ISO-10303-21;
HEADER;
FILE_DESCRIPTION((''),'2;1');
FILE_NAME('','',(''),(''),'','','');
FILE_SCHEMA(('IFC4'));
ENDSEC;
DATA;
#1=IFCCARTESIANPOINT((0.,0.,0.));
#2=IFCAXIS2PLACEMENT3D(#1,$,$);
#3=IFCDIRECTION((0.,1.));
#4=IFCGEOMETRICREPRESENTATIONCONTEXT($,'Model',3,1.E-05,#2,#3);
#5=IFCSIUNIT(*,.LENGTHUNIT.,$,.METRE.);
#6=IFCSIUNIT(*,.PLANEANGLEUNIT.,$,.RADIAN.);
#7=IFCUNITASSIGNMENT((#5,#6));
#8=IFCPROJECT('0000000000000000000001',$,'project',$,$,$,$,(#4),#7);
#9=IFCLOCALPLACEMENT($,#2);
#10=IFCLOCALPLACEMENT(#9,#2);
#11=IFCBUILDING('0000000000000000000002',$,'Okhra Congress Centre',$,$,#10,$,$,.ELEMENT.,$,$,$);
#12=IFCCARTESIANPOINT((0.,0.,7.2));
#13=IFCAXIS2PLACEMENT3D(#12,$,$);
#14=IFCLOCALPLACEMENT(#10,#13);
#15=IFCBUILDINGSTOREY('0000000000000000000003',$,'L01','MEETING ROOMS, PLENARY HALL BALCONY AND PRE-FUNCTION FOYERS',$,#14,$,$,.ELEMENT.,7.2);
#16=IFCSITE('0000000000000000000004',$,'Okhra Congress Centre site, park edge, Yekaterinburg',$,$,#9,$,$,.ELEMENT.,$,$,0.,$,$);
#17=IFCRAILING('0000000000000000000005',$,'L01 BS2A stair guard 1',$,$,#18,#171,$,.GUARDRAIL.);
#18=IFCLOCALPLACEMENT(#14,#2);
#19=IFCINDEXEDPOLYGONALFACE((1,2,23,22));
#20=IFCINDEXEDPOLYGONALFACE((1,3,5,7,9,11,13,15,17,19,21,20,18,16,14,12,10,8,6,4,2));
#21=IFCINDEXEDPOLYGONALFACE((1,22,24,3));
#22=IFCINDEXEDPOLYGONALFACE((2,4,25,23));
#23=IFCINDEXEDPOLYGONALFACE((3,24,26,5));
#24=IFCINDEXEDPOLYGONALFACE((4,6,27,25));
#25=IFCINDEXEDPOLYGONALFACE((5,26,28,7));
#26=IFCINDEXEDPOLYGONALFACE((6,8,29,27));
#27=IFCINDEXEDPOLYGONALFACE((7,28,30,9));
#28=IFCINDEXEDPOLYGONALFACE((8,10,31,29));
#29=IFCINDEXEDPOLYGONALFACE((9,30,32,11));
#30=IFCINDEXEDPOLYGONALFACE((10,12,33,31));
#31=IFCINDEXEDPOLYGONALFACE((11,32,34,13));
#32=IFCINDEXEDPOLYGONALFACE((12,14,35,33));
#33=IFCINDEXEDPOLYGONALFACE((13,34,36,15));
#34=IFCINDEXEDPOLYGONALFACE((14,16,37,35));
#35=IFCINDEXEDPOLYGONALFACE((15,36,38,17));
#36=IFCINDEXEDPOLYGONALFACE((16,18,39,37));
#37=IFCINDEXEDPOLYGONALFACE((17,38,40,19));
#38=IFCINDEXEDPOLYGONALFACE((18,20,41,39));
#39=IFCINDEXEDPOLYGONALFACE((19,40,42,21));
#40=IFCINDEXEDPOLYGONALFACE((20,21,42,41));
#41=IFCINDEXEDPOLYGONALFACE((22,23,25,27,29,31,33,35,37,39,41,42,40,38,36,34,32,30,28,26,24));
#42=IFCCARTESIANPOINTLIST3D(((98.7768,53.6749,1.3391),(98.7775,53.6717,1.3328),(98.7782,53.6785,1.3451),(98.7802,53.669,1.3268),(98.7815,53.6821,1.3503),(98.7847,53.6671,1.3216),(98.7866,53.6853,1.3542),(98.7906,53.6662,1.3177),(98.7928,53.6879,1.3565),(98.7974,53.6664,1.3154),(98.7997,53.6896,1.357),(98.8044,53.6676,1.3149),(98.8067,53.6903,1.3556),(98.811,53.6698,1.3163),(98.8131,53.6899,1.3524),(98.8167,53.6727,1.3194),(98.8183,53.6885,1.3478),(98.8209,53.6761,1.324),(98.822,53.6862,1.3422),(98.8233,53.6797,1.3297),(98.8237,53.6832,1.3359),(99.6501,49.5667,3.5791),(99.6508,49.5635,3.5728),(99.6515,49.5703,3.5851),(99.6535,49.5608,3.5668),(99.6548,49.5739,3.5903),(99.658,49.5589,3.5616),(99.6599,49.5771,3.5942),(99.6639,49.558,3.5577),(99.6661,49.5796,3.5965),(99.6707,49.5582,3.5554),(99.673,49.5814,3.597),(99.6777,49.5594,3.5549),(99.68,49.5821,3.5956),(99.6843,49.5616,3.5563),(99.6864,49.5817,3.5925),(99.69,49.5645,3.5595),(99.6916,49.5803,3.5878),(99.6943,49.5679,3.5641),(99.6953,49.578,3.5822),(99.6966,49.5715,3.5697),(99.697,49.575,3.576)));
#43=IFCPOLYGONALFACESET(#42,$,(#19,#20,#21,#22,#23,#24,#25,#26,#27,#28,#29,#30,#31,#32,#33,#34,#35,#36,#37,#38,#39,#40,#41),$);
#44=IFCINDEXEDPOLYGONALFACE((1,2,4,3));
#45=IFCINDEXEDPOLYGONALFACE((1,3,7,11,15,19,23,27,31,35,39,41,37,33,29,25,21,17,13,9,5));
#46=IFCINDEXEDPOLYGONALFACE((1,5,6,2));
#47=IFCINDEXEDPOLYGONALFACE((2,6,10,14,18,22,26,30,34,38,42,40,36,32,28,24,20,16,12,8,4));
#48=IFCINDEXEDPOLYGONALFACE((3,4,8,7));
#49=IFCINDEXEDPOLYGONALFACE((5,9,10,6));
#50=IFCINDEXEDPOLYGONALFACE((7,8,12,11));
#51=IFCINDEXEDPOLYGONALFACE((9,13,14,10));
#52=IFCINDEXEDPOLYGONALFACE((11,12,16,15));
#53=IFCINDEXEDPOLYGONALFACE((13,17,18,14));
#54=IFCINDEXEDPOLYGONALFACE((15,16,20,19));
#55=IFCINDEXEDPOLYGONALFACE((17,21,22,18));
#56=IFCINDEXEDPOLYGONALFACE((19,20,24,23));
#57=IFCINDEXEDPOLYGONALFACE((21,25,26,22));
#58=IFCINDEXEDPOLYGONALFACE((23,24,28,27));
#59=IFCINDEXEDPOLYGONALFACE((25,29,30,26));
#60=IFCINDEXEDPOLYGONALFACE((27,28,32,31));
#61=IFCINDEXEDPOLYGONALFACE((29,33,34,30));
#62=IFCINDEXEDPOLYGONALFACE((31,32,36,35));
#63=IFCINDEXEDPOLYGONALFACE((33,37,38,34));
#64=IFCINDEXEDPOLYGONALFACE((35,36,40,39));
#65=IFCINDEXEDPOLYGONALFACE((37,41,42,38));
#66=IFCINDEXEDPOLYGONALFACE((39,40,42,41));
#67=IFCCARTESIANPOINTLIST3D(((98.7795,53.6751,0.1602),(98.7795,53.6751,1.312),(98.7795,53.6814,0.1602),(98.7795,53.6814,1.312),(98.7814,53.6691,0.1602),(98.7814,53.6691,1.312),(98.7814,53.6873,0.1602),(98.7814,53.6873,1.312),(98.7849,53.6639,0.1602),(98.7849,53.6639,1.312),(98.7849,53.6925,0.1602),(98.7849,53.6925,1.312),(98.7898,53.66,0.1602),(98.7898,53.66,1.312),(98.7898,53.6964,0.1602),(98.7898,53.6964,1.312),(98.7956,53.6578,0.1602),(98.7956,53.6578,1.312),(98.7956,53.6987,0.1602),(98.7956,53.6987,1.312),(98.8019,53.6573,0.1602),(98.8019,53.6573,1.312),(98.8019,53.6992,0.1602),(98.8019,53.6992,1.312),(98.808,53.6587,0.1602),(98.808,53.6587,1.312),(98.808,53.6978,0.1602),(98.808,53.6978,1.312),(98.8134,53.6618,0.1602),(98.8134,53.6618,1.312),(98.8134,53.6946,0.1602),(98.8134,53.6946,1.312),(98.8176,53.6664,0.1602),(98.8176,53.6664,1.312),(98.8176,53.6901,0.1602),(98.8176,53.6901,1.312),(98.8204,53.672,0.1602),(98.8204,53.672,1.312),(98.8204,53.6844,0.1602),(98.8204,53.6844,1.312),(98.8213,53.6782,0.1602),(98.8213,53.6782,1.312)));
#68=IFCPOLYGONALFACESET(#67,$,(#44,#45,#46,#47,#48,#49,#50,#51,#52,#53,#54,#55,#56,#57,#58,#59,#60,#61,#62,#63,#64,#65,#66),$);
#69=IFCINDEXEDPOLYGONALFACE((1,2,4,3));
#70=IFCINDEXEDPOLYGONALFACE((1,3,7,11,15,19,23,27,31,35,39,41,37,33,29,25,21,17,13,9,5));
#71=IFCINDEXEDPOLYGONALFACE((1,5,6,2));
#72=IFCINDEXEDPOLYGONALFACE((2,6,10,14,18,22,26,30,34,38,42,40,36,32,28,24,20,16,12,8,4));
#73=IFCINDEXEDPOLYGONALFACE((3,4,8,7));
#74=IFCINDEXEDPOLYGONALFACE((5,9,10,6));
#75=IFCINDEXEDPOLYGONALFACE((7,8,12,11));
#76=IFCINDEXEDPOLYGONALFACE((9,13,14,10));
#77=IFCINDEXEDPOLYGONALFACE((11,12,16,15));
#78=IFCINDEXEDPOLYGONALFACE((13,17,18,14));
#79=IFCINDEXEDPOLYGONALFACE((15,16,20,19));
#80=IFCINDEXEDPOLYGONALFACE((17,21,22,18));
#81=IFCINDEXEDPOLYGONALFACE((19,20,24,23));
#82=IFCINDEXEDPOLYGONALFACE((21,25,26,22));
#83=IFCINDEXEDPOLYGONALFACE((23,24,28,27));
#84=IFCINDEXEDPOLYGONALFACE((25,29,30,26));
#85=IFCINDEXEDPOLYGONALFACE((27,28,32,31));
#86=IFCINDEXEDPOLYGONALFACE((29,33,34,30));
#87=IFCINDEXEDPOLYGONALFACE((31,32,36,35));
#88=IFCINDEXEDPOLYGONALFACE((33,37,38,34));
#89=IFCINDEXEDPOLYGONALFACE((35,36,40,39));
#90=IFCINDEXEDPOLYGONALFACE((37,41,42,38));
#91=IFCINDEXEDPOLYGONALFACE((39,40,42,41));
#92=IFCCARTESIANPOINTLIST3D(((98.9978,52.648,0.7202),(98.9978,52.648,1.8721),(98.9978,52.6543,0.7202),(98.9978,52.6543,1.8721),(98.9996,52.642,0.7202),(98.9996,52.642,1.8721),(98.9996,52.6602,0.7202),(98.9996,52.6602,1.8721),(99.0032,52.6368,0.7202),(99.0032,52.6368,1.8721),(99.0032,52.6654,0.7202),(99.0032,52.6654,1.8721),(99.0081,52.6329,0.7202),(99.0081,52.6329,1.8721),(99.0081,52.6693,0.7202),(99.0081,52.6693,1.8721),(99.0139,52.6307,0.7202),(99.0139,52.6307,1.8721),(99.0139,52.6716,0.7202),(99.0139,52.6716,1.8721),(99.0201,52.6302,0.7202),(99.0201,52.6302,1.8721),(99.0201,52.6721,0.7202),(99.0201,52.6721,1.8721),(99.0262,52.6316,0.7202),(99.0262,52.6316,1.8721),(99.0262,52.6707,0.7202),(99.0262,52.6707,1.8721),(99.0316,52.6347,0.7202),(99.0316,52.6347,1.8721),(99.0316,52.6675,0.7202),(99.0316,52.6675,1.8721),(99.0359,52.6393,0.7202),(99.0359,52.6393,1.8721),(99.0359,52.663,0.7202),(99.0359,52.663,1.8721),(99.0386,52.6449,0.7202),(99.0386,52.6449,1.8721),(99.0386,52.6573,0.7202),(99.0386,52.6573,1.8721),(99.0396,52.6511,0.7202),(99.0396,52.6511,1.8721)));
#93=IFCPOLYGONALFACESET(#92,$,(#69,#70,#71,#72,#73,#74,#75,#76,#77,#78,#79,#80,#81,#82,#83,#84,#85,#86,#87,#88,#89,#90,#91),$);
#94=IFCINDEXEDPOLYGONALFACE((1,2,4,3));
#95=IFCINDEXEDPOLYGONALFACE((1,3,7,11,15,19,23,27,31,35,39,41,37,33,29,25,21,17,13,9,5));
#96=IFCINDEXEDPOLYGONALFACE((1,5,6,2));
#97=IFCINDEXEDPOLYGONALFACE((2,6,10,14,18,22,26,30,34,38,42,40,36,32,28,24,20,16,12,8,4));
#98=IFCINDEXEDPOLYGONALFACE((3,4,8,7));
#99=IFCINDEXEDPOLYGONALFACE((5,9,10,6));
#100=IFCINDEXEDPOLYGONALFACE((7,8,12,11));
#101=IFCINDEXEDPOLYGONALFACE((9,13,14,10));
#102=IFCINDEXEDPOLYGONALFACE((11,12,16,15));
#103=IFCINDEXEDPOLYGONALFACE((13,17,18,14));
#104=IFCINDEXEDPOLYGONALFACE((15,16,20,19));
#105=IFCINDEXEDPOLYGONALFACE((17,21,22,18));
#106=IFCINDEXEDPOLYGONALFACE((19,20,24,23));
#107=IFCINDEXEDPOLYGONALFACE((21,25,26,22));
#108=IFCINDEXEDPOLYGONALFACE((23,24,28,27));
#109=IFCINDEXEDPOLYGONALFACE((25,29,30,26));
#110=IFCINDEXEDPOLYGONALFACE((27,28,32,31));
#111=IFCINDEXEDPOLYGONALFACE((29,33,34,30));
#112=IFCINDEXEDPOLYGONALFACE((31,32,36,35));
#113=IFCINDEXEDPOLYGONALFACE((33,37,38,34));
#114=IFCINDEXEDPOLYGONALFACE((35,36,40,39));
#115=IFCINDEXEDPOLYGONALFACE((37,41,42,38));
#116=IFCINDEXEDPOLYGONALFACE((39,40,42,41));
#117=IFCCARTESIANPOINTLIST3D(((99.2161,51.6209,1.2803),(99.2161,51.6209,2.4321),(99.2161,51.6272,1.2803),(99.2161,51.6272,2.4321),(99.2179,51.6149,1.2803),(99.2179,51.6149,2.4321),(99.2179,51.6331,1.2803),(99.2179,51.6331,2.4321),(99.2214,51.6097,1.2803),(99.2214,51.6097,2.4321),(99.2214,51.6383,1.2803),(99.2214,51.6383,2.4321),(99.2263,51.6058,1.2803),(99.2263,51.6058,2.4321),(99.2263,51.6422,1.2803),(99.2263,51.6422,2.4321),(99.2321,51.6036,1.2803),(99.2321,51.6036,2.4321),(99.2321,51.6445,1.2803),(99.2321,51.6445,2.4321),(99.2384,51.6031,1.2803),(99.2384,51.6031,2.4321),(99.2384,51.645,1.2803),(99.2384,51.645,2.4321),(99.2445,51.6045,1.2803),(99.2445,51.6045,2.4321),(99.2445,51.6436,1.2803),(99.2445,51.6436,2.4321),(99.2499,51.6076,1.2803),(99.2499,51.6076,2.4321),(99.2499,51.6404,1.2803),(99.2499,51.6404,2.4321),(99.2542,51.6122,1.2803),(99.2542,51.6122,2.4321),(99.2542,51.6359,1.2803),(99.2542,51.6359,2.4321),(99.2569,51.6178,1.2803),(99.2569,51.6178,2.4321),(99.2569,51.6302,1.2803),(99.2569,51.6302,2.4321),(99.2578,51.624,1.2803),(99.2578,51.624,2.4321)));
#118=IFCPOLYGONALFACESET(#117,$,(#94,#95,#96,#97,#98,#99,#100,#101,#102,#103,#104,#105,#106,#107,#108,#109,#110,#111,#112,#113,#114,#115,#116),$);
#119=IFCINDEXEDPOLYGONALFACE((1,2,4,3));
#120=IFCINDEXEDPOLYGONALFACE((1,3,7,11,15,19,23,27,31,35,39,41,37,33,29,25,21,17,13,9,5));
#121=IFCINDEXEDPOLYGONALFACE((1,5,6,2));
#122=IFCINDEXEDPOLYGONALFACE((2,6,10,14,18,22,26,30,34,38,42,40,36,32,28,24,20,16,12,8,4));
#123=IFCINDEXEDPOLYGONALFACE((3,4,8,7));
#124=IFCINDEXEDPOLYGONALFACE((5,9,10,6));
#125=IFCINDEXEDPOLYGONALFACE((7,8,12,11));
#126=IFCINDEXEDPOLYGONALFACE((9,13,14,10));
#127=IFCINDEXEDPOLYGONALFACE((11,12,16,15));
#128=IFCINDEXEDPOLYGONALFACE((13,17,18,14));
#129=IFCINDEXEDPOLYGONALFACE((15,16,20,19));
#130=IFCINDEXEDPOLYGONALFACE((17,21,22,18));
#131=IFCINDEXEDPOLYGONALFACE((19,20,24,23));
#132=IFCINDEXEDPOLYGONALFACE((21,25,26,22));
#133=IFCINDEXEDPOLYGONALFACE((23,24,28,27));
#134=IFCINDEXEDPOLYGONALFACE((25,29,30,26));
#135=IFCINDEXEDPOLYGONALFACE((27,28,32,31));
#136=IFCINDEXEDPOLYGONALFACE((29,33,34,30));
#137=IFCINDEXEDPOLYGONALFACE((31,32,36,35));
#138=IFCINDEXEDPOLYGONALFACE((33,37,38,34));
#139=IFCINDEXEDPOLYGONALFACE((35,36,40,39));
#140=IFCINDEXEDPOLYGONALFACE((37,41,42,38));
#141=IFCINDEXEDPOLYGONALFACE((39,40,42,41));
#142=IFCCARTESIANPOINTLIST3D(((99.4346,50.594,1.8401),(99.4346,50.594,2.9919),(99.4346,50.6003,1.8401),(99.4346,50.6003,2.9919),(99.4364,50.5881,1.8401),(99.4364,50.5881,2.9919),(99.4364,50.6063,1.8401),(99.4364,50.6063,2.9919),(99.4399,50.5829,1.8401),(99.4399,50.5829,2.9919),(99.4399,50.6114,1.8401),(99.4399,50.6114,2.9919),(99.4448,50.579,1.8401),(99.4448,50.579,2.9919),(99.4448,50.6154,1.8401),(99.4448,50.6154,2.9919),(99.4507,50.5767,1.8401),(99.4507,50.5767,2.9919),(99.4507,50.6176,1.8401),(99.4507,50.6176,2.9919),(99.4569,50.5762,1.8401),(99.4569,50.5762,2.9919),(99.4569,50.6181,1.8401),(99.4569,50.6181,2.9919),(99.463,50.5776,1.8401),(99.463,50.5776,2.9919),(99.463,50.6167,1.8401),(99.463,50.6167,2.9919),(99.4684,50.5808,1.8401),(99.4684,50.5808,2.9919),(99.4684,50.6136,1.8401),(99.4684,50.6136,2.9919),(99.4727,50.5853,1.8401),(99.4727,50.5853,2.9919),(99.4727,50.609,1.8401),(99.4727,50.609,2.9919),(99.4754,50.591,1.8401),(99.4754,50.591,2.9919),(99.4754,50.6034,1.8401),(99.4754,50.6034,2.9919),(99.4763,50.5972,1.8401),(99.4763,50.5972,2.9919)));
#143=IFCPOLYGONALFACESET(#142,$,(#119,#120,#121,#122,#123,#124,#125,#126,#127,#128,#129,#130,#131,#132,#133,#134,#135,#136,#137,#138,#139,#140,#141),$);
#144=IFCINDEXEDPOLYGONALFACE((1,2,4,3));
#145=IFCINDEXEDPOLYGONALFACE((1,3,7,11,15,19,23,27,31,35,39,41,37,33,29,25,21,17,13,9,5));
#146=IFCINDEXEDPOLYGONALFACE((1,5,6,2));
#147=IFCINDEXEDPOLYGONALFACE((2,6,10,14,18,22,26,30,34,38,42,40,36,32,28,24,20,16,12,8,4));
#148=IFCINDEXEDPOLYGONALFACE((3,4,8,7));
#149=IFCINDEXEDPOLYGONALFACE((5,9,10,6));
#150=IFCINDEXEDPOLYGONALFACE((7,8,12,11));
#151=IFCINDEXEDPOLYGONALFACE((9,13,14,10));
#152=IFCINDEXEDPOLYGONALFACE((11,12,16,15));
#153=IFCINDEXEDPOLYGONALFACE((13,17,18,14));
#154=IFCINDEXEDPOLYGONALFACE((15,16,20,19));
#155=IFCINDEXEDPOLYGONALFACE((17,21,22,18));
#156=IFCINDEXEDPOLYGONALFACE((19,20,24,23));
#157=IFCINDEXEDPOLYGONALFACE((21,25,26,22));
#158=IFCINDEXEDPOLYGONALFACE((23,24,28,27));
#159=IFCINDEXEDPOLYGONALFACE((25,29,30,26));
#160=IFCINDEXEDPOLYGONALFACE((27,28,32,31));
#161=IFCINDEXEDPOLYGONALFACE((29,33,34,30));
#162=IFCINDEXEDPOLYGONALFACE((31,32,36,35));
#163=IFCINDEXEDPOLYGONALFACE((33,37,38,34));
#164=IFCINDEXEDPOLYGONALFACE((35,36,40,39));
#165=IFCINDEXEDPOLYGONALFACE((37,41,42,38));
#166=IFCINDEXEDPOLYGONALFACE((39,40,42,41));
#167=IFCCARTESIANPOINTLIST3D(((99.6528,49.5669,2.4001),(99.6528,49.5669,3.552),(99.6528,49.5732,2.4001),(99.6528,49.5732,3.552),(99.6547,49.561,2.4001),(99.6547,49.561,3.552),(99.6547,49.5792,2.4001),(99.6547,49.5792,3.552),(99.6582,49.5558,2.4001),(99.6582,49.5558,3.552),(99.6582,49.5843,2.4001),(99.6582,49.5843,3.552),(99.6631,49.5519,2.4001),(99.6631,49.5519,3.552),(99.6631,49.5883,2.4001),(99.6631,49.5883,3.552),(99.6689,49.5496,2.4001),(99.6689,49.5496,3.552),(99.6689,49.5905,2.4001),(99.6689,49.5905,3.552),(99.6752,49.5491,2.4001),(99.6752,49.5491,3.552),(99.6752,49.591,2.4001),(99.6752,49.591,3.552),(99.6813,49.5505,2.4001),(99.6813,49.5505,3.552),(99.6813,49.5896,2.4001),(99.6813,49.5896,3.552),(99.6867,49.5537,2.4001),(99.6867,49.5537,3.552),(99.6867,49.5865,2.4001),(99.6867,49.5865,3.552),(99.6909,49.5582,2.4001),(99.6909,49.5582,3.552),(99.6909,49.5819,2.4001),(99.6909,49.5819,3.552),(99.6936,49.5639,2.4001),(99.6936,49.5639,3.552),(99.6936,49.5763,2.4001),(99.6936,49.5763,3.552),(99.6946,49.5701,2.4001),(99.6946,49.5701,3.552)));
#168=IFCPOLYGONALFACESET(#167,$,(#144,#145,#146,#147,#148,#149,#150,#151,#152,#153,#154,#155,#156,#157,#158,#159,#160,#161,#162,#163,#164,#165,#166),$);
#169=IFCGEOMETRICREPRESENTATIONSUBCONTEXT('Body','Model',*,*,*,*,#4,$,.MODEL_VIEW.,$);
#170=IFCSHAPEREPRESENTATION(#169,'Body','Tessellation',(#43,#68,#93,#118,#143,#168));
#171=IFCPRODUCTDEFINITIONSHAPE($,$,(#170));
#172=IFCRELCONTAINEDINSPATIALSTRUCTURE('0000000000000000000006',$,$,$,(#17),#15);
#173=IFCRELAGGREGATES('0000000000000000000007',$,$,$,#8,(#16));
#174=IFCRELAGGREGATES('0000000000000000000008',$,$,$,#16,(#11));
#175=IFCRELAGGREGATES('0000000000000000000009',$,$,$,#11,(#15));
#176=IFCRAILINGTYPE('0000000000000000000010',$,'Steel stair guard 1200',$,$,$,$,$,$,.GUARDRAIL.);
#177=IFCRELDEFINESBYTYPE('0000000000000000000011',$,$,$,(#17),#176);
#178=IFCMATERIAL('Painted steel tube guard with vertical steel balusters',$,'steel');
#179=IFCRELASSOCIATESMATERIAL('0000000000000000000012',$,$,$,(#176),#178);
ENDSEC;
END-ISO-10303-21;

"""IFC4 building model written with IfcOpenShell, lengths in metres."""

from ifc_helpers import new_model, si_unit, direction, frame, origin, origin_2d, place, context, subcontext, project, spatial, circle, extrude, material, type_object, element, save


model = new_model("IFC4")

# Units and contexts
model_context = context("Model", 3, precision=1e-05, world=origin(), true_north=direction((0.0, 1.0)))
body_context = subcontext(model_context, "Body", "Model", "MODEL_VIEW")
ifc_project = project(units=[si_unit("LENGTHUNIT", "METRE"), si_unit("PLANEANGLEUNIT", "RADIAN")], contexts=[model_context])

# Site, building, storey
site_placement = place(None, origin())
site = spatial("IfcSite", under=ifc_project, at=site_placement, Name="Okhra Congress Centre site, park edge, Yekaterinburg", CompositionType="ELEMENT", RefElevation=0.0)
building_placement = place(site_placement, origin())
building = spatial("IfcBuilding", under=site, at=building_placement, Name="Okhra Congress Centre", CompositionType="ELEMENT")
storey_placement = place(building_placement, frame((0.0, 0.0, 7.2)))
storey = spatial("IfcBuildingStorey", under=building, at=storey_placement, Name="L01", Description="MEETING ROOMS, PLENARY HALL BALCONY AND PRE-FUNCTION FOYERS", CompositionType="ELEMENT", Elevation=7.2)

# Railing
ifc_material_1 = material(Name="Painted steel tube guard with vertical steel balusters", Category="steel")
railing_type_1 = type_object("IfcRailingType", Name="Steel stair guard 1200", PredefinedType="GUARDRAIL", material=ifc_material_1)
railing_1_placement = place(storey_placement, frame((98.8003, 53.6782, 0.1602)))
element("IfcRailing", 1, at=railing_1_placement, inside=storey, type_object=railing_type_1, Name="L01 BS2A stair guard 1", PredefinedType="GUARDRAIL", context=body_context, shape_type="SweptSolid", body=[
    extrude(circle(Radius=0.0239, at=origin_2d()), frame((0.0, 0.0, 1.1758), z_axis=(0.183466, -0.863067, 0.470591), x_axis=(0.978144, 0.207929, 0.0)), (0.0, 0.0, 1.0), 4.76),
    extrude(circle(Radius=0.021, at=origin_2d()), origin(), (0.0, 0.0, 1.0), 1.1519),
    extrude(circle(Radius=0.021, at=origin_2d()), frame((0.2183, -1.0271, 0.5601)), (0.0, 0.0, 1.0), 1.1519),
    extrude(circle(Radius=0.021, at=origin_2d()), frame((0.4365, -2.0542, 1.1201)), (0.0, 0.0, 1.0), 1.1519),
    extrude(circle(Radius=0.021, at=origin_2d()), frame((0.655, -3.0811, 1.6799)), (0.0, 0.0, 1.0), 1.1519),
    extrude(circle(Radius=0.021, at=origin_2d()), frame((0.8733, -4.1082, 2.24)), (0.0, 0.0, 1.0), 1.1519),
])

save(model, "model.ifc")
